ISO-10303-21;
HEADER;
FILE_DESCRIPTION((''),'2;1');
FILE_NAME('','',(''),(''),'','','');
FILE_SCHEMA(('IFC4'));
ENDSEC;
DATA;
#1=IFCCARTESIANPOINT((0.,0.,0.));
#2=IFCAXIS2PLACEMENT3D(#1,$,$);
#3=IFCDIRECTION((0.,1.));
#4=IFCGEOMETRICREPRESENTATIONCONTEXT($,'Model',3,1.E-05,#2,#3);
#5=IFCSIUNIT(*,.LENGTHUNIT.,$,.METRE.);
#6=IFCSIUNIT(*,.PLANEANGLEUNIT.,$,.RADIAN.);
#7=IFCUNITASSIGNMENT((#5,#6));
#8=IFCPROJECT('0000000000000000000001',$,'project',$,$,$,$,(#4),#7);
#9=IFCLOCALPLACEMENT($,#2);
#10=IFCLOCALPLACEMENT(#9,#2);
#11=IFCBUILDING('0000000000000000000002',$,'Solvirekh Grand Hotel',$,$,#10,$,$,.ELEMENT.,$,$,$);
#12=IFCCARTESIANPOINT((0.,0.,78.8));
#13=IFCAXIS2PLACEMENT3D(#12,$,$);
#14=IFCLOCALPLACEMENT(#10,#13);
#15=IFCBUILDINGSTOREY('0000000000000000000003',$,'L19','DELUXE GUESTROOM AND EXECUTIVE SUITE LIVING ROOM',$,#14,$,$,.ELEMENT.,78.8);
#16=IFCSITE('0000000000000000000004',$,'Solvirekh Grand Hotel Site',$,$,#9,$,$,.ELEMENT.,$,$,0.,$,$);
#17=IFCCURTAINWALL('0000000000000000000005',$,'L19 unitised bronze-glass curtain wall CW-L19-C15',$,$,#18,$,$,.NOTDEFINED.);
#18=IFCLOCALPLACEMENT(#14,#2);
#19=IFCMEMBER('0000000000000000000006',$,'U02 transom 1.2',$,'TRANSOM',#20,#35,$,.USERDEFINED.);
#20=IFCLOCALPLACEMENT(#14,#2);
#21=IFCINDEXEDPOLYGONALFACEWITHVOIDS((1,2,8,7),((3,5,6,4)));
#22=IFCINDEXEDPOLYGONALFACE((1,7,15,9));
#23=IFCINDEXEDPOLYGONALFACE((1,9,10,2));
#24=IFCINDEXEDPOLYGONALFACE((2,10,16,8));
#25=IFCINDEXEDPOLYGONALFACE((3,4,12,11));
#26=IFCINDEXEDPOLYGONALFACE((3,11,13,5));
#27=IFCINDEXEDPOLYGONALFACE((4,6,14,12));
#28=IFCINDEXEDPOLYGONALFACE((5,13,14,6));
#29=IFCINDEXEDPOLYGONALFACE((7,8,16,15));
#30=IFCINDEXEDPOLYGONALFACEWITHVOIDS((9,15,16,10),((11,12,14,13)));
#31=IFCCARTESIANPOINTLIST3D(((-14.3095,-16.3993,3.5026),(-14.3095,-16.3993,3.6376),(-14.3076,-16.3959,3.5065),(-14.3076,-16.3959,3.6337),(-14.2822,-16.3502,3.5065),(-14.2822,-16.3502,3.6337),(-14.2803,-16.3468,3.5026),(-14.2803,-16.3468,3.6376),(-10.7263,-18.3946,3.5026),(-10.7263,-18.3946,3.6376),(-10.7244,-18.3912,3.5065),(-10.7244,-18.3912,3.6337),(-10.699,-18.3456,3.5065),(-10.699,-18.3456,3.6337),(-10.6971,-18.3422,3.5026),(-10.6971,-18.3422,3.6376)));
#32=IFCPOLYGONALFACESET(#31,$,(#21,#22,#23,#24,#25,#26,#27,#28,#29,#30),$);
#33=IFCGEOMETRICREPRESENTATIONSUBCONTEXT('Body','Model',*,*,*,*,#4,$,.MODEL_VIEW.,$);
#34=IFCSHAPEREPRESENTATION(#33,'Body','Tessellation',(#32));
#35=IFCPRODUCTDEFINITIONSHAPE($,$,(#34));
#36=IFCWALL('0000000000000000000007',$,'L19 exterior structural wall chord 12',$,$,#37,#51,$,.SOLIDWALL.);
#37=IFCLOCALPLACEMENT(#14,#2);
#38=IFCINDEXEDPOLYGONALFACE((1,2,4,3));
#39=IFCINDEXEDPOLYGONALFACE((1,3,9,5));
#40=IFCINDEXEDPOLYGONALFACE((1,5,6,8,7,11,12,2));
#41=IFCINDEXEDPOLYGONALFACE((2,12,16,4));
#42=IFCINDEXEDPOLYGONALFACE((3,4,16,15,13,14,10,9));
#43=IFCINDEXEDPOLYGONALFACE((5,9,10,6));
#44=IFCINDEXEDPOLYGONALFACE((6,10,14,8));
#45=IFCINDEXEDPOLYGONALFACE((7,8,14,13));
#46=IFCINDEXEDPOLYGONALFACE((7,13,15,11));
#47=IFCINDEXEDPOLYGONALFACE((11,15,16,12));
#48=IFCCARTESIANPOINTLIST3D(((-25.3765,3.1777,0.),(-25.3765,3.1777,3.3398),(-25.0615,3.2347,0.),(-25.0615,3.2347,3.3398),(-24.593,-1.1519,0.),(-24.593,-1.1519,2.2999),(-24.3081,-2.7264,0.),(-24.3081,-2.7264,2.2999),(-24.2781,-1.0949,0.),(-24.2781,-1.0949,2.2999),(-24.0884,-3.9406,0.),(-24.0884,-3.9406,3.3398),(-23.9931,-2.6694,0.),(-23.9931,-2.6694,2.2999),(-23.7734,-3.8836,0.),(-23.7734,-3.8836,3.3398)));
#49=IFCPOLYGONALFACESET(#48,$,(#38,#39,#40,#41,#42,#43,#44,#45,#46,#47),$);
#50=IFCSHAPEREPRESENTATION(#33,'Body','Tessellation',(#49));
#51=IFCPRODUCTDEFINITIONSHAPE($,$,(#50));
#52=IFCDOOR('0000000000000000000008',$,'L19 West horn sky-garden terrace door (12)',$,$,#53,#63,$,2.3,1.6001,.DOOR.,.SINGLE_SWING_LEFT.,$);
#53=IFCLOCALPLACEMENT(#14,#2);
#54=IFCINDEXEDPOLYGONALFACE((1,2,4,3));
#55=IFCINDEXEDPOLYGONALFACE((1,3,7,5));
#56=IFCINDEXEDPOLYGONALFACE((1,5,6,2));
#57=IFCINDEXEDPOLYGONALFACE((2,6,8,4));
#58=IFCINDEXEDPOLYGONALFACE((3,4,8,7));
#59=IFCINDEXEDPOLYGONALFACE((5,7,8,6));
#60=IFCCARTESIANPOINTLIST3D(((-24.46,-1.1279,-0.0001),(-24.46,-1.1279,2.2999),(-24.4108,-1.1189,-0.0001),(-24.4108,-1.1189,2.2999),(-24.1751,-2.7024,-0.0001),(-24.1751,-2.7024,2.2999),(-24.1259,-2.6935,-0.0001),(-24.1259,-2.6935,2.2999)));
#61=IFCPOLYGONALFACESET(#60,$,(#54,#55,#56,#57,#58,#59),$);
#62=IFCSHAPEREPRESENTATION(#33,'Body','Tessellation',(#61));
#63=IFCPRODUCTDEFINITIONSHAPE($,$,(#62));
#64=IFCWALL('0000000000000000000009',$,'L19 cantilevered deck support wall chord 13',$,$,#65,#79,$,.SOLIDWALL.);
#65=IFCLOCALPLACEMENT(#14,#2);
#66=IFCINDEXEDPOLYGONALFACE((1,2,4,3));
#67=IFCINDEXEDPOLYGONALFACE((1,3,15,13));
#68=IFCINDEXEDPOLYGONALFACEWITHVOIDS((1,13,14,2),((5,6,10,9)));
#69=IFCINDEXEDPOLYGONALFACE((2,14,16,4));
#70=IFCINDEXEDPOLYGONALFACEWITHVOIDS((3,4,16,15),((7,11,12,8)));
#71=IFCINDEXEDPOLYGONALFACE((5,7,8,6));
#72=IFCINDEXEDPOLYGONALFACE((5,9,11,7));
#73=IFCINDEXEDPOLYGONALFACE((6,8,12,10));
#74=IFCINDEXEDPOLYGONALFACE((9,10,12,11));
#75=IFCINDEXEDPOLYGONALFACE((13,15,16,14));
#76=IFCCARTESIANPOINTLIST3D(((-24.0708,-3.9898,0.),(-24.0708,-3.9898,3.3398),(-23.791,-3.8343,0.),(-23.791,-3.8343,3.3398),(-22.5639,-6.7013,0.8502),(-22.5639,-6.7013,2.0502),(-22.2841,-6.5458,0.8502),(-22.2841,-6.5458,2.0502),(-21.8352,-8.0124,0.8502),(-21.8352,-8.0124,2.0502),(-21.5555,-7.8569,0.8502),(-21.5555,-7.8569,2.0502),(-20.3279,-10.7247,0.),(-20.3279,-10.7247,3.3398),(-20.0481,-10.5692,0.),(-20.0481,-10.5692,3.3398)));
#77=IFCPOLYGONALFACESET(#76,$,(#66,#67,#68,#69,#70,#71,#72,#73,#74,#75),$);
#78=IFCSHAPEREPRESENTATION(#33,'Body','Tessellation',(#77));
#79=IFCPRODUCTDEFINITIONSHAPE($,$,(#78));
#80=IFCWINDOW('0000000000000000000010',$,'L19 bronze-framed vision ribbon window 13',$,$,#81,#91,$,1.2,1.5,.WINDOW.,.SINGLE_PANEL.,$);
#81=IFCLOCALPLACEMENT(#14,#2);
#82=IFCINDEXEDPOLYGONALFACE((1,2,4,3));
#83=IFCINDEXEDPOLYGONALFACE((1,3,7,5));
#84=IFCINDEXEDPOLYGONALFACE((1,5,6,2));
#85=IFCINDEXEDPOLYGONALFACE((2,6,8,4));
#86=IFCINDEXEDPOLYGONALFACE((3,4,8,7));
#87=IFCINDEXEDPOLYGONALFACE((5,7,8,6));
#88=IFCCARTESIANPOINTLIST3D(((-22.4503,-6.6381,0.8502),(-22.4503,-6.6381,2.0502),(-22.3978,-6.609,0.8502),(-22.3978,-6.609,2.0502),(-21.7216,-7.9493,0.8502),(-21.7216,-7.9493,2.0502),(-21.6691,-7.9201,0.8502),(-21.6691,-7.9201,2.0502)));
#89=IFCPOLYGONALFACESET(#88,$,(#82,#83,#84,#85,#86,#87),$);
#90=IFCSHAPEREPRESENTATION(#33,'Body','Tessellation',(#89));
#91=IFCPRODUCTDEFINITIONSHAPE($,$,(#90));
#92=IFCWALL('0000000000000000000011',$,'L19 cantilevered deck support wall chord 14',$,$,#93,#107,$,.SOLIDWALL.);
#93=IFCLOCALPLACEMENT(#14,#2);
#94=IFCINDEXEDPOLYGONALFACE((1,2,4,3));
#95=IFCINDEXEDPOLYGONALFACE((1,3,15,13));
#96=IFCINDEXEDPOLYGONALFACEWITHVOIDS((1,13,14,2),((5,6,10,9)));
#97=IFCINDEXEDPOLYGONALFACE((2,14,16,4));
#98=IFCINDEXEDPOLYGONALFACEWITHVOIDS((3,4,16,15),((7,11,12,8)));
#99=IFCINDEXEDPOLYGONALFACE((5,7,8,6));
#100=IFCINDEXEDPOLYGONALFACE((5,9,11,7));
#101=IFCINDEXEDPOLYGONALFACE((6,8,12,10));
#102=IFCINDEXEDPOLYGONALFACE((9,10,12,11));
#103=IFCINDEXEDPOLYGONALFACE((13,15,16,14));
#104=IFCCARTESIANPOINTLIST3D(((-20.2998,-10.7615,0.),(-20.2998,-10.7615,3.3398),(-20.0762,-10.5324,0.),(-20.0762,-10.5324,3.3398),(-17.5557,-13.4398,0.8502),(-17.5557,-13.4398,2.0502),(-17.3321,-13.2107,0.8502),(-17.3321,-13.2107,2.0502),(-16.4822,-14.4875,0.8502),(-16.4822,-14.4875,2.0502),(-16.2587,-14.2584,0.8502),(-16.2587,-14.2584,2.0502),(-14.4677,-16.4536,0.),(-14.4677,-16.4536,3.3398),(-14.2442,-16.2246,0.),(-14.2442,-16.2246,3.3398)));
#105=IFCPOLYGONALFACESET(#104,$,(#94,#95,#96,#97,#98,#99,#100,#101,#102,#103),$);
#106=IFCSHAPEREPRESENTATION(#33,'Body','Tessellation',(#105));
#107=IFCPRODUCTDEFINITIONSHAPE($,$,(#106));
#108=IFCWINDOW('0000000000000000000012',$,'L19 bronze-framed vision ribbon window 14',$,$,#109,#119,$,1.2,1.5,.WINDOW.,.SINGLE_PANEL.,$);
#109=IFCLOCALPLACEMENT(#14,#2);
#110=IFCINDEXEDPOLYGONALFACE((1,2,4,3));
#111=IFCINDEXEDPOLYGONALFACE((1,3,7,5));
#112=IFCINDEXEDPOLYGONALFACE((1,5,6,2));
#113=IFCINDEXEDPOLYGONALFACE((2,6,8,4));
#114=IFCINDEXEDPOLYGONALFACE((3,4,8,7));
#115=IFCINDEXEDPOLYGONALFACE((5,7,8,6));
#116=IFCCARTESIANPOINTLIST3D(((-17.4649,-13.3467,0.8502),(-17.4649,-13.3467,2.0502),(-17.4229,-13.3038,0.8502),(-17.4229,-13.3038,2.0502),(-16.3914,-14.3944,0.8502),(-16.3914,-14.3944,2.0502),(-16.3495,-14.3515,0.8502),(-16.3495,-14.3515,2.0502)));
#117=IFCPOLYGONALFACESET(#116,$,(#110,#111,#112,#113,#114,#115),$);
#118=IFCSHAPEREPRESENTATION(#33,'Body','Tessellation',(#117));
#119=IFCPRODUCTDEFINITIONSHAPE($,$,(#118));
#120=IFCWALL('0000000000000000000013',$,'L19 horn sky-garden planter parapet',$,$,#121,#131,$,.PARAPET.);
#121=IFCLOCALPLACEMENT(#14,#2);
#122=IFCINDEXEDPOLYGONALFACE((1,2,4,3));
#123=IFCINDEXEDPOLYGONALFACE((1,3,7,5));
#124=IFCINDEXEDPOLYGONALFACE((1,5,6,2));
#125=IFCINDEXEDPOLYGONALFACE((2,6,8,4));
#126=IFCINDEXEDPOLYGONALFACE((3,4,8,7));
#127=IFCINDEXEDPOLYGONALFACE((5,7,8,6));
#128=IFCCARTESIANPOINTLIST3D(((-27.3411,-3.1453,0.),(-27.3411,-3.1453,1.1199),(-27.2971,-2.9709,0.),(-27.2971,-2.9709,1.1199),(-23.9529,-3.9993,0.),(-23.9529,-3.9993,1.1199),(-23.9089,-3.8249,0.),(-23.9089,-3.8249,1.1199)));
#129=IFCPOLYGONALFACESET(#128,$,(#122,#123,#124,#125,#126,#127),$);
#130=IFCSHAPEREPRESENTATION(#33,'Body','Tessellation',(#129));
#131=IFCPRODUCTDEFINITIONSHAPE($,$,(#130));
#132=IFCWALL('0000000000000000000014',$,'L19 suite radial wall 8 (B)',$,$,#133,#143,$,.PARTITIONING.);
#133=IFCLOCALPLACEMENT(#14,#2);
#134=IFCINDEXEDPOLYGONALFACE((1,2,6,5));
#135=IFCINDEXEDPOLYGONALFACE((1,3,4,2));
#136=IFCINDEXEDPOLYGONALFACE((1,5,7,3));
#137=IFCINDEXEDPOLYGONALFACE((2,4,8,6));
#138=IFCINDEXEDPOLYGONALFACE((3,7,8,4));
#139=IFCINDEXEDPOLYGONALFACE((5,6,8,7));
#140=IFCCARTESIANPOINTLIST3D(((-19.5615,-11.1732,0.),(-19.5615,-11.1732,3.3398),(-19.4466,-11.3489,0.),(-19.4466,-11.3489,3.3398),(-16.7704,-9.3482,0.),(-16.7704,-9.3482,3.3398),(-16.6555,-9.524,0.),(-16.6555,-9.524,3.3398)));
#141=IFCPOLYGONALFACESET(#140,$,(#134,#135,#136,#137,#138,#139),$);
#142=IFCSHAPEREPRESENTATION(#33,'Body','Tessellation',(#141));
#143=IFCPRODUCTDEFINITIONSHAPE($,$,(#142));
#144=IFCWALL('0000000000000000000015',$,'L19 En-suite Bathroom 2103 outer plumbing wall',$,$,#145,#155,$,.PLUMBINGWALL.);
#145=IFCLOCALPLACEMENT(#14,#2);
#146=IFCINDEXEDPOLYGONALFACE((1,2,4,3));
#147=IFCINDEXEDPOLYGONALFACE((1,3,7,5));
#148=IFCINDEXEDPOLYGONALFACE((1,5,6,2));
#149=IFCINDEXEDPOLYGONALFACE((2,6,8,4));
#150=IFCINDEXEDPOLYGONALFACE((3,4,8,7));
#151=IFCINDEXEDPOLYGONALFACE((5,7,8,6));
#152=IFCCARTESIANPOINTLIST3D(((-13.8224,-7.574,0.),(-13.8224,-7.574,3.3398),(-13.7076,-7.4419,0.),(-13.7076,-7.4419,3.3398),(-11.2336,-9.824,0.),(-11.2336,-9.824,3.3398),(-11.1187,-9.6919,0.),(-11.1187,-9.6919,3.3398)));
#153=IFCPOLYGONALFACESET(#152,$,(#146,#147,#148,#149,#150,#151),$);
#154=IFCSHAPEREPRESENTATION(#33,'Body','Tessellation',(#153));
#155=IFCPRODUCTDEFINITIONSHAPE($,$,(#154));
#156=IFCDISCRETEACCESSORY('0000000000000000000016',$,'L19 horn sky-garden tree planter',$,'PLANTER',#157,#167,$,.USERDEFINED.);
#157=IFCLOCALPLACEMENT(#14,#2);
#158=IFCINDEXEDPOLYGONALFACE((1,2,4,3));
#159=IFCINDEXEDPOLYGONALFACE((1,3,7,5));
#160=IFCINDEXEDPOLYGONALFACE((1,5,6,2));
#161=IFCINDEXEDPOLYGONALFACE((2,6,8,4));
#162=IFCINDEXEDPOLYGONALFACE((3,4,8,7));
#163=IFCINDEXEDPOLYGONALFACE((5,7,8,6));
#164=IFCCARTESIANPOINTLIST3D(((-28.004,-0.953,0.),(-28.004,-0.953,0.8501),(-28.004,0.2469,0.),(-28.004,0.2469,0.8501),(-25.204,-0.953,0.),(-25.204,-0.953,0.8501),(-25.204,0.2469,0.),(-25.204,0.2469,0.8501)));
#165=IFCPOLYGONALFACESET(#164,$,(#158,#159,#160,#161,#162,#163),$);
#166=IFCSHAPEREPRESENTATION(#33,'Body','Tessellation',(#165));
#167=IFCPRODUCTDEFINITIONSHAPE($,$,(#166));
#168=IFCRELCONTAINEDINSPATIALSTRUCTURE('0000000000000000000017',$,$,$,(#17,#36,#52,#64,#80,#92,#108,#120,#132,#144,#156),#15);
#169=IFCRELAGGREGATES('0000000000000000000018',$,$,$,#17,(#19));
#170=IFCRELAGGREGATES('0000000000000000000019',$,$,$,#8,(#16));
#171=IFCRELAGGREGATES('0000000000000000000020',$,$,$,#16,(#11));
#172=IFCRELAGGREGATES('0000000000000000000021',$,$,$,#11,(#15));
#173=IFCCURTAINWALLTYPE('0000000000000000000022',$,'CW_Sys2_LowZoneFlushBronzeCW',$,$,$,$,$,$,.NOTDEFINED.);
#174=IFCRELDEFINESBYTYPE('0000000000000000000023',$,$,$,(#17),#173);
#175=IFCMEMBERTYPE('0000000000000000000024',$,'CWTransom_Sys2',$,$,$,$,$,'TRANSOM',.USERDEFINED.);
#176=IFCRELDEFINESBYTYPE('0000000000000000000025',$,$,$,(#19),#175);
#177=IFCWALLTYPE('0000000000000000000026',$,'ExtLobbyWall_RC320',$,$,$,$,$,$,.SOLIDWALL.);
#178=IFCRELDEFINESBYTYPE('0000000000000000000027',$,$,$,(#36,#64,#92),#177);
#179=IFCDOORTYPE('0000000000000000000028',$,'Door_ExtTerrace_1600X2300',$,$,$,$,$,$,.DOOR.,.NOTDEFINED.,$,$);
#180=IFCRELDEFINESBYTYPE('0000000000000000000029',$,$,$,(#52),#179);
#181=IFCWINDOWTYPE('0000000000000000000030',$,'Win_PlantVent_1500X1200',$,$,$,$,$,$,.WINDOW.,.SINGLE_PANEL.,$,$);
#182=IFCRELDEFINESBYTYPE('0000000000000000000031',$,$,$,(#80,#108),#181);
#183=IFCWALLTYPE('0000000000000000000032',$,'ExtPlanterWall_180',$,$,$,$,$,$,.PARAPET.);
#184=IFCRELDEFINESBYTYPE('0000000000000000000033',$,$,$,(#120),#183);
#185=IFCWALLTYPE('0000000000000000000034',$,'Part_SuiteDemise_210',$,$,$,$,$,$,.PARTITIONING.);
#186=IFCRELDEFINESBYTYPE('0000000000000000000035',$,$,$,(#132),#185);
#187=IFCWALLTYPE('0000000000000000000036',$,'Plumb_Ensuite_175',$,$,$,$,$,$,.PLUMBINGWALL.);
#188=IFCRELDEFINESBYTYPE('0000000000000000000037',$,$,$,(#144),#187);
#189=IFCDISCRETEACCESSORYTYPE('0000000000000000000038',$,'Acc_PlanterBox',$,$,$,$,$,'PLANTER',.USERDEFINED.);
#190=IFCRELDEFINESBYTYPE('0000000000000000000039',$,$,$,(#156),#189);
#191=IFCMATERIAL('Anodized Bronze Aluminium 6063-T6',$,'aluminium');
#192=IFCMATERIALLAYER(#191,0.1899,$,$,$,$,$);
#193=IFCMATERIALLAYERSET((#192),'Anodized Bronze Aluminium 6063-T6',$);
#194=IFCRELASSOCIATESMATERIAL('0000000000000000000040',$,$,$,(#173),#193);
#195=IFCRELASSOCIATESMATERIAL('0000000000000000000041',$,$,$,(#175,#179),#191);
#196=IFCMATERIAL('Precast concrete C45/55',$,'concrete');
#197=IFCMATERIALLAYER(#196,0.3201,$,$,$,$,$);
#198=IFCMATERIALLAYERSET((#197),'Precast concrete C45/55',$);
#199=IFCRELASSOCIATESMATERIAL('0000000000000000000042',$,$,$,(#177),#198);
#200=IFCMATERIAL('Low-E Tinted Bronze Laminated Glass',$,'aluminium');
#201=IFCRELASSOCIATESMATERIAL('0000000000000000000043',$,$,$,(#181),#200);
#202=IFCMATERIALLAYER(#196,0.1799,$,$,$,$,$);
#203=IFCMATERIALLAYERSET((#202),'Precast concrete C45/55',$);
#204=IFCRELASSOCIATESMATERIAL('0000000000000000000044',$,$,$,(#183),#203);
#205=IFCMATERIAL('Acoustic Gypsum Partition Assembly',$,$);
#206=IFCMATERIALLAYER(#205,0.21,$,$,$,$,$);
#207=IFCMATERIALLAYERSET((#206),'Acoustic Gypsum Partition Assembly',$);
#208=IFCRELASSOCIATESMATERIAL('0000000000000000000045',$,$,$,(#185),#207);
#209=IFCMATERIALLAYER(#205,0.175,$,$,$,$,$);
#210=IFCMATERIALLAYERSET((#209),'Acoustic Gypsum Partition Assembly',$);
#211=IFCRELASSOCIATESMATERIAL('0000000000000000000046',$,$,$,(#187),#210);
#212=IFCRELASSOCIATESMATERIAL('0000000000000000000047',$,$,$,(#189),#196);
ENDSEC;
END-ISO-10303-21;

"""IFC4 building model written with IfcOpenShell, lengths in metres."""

from ifc_helpers import new_model, si_unit, direction, frame, frame_2d, origin, origin_2d, place, context, subcontext, project, spatial, rectangle, hollow_rectangle, extrude, source, transform, mapped, material, layer, layer_set, material_profile, profile_set, type_object, element, fill, aggregate, save


model = new_model("IFC4")

# Units and contexts
model_context = context("Model", 3, precision=1e-05, world=origin(), true_north=direction((0.0, 1.0)))
body_context = subcontext(model_context, "Body", "Model", "MODEL_VIEW")
ifc_project = project(units=[si_unit("LENGTHUNIT", "METRE"), si_unit("PLANEANGLEUNIT", "RADIAN")], contexts=[model_context])

# Site, building, storey
site_placement = place(None, origin())
site = spatial("IfcSite", under=ifc_project, at=site_placement, Name="Solvirekh Grand Hotel Site", CompositionType="ELEMENT", RefElevation=0.0)
building_placement = place(site_placement, origin())
building = spatial("IfcBuilding", under=site, at=building_placement, Name="Solvirekh Grand Hotel", CompositionType="ELEMENT")
storey_placement = place(building_placement, frame((0.0, 0.0, 78.8)))
storey = spatial("IfcBuildingStorey", under=building, at=storey_placement, Name="L19", Description="DELUXE GUESTROOM AND EXECUTIVE SUITE LIVING ROOM", CompositionType="ELEMENT", Elevation=78.8)

# Curtain wall, member
ifc_material_1 = material(Name="Anodized Bronze Aluminium 6063-T6", Category="aluminium")
ifc_layer_1 = layer(ifc_material_1, 0.1899)
ifc_layer_set_1 = layer_set([ifc_layer_1], Name="Anodized Bronze Aluminium 6063-T6")
curtain_wall_type = type_object("IfcCurtainWallType", Name="CW_Sys2_LowZoneFlushBronzeCW", PredefinedType="NOTDEFINED", material=ifc_layer_set_1)
curtain_wall_placement = place(storey_placement, origin())
curtain_wall = element("IfcCurtainWall", 1, at=curtain_wall_placement, inside=storey, type_object=curtain_wall_type, Name="L19 unitised bronze-glass curtain wall CW-L19-C15", PredefinedType="NOTDEFINED")
ifc_material_profile_1 = material_profile(ifc_material_1, hollow_rectangle(XDim=0.0601, YDim=0.135, WallThickness=0.0039, at=origin_2d()), Name="ALU RHS 135X60X4")
ifc_profile_set_1 = profile_set([ifc_material_profile_1], Name="Anodized Bronze Aluminium 6063-T6")
member_type_1 = type_object("IfcMemberType", Name="CWTransom_Sys2", ElementType="TRANSOM", PredefinedType="USERDEFINED", material=ifc_profile_set_1)
shared_shape_1 = source(origin(), body_context, "Body", "SweptSolid", [
    extrude(hollow_rectangle(XDim=0.0601, YDim=0.135, WallThickness=0.0039, at=origin_2d()), origin(), (0.0, 0.0, 1.0), 4.1013),
])
member_1_placement = place(storey_placement, frame((-14.2949, -16.373, 3.5701), z_axis=(0.873674, -0.486512, 0.0), x_axis=(0.486512, 0.873674, 0.0)))
member_1 = element("IfcMember", 2, at=member_1_placement, type_object=member_type_1, Name="U02 transom 1.2", ObjectType="TRANSOM", PredefinedType="USERDEFINED", context=body_context, shape_type="MappedRepresentation", body=[
    mapped(shared_shape_1, transform((0.0, 0.0, 0.0), x_axis=(1.0, 0.0, 0.0), y_axis=(0.0, 1.0, 0.0), z_axis=(0.0, 0.0, 1.0), scale=1.0)),
])
aggregate(curtain_wall, [member_1])

# Wall, opening, door
ifc_material_2 = material(Name="Precast concrete C45/55", Category="concrete")
ifc_layer_2 = layer(ifc_material_2, 0.3201)
ifc_layer_set_2 = layer_set([ifc_layer_2], Name="Precast concrete C45/55")
wall_type_1 = type_object("IfcWallType", Name="ExtLobbyWall_RC320", PredefinedType="SOLIDWALL", material=ifc_layer_set_2)
wall_1_placement = place(storey_placement, frame((-23.9309, -3.9121, 0.0), z_axis=(0.0, 0.0, 1.0), x_axis=(-0.178066, 0.984019, 0.0)))
wall_1 = element("IfcWall", 3, at=wall_1_placement, inside=storey, type_object=wall_type_1, Name="L19 exterior structural wall chord 12", PredefinedType="SOLIDWALL", context=body_context, shape_type="SweptSolid", body=[
    extrude(rectangle(XDim=7.2339, YDim=0.3201, at=frame_2d((3.6169, 0.0))), origin(), (0.0, 0.0, 1.0), 3.3398),
])
opening_1_placement = place(wall_1_placement, frame((1.2339, 0.0, 0.0)))
opening_1 = element("IfcOpeningElement", 4, at=opening_1_placement, cuts=wall_1, PredefinedType="OPENING", context=body_context, shape_type="SweptSolid", body=[
    extrude(rectangle(XDim=1.6001, YDim=2.3, at=frame_2d((0.8, 1.1499))), frame((0.0, 0.1699, 0.0), z_axis=(0.0, -1.0, 0.0), x_axis=(1.0, 0.0, 0.0)), (0.0, 0.0, 1.0), 0.3401),
])
door_type = type_object("IfcDoorType", Name="Door_ExtTerrace_1600X2300", OperationType="NOTDEFINED", PredefinedType="DOOR", material=ifc_material_1)
door_placement = place(opening_1_placement, origin())
door = element("IfcDoor", 5, at=door_placement, inside=storey, type_object=door_type, Name="L19 West horn sky-garden terrace door (12)", OperationType="SINGLE_SWING_LEFT", OverallHeight=2.3, OverallWidth=1.6001, PredefinedType="DOOR", context=body_context, shape_type="SweptSolid", body=[
    extrude(rectangle(XDim=1.6001, YDim=2.3, at=frame_2d((0.8, 1.1499))), frame((0.0, 0.0249, 0.0), z_axis=(0.0, -1.0, 0.0), x_axis=(1.0, 0.0, 0.0)), (0.0, 0.0, 1.0), 0.05),
])
fill(opening_1, door)

# Walls, openings, windows
wall_2_placement = place(storey_placement, frame((-20.188, -10.647, 0.0), z_axis=(0.0, 0.0, 1.0), x_axis=(-0.485775, 0.874084, 0.0)))
wall_2 = element("IfcWall", 6, at=wall_2_placement, inside=storey, type_object=wall_type_1, Name="L19 cantilevered deck support wall chord 13", PredefinedType="SOLIDWALL", context=body_context, shape_type="SweptSolid", body=[
    extrude(rectangle(XDim=7.7051, YDim=0.3201, at=frame_2d((3.8525, 0.0))), origin(), (0.0, 0.0, 1.0), 3.3398),
])
opening_2_placement = place(wall_2_placement, frame((3.103, 0.0, 0.8501)))
opening_2 = element("IfcOpeningElement", 7, at=opening_2_placement, cuts=wall_2, PredefinedType="OPENING", context=body_context, shape_type="SweptSolid", body=[
    extrude(rectangle(XDim=1.5, YDim=1.2, at=frame_2d((0.75, 0.6001))), frame((0.0, 0.1699, 0.0), z_axis=(0.0, -1.0, 0.0), x_axis=(1.0, 0.0, 0.0)), (0.0, 0.0, 1.0), 0.3401),
])
ifc_material_3 = material(Name="Low-E Tinted Bronze Laminated Glass", Category="aluminium")
window_type = type_object("IfcWindowType", Name="Win_PlantVent_1500X1200", PartitioningType="SINGLE_PANEL", PredefinedType="WINDOW", material=ifc_material_3)
window_1_placement = place(opening_2_placement, origin())
window_1 = element("IfcWindow", 8, at=window_1_placement, inside=storey, type_object=window_type, Name="L19 bronze-framed vision ribbon window 13", OverallHeight=1.2, OverallWidth=1.5, PartitioningType="SINGLE_PANEL", PredefinedType="WINDOW", context=body_context, shape_type="SweptSolid", body=[
    extrude(rectangle(XDim=1.5, YDim=1.2, at=frame_2d((0.75, 0.6001))), frame((0.0, 0.03, 0.0), z_axis=(0.0, -1.0, 0.0), x_axis=(1.0, 0.0, 0.0)), (0.0, 0.0, 1.0), 0.0601),
])
fill(opening_2, window_1)
wall_3_placement = place(storey_placement, frame((-14.356, -16.3391, 0.0), z_axis=(0.0, 0.0, 1.0), x_axis=(-0.715638, 0.698472, 0.0)))
wall_3 = element("IfcWall", 9, at=wall_3_placement, inside=storey, type_object=wall_type_1, Name="L19 cantilevered deck support wall chord 14", PredefinedType="SOLIDWALL", context=body_context, shape_type="SweptSolid", body=[
    extrude(rectangle(XDim=8.1494, YDim=0.3201, at=frame_2d((4.0747, 0.0))), origin(), (0.0, 0.0, 1.0), 3.3398),
])
opening_3_placement = place(wall_3_placement, frame((2.8149, 0.0, 0.8501)))
opening_3 = element("IfcOpeningElement", 10, at=opening_3_placement, cuts=wall_3, PredefinedType="OPENING", context=body_context, shape_type="SweptSolid", body=[
    extrude(rectangle(XDim=1.5, YDim=1.2, at=frame_2d((0.75, 0.6001))), frame((0.0, 0.1699, 0.0), z_axis=(0.0, -1.0, 0.0), x_axis=(1.0, 0.0, 0.0)), (0.0, 0.0, 1.0), 0.3401),
])
window_2_placement = place(opening_3_placement, origin())
window_2 = element("IfcWindow", 11, at=window_2_placement, inside=storey, type_object=window_type, Name="L19 bronze-framed vision ribbon window 14", OverallHeight=1.2, OverallWidth=1.5, PartitioningType="SINGLE_PANEL", PredefinedType="WINDOW", context=body_context, shape_type="SweptSolid", body=[
    extrude(rectangle(XDim=1.5, YDim=1.2, at=frame_2d((0.75, 0.6001))), frame((0.0, 0.03, 0.0), z_axis=(0.0, -1.0, 0.0), x_axis=(1.0, 0.0, 0.0)), (0.0, 0.0, 1.0), 0.0601),
])
fill(opening_3, window_2)

# Walls
ifc_layer_3 = layer(ifc_material_2, 0.1799)
ifc_layer_set_3 = layer_set([ifc_layer_3], Name="Precast concrete C45/55")
wall_type_2 = type_object("IfcWallType", Name="ExtPlanterWall_180", PredefinedType="PARAPET", material=ifc_layer_set_3)
wall_4_placement = place(storey_placement, frame((-27.3191, -3.0581, 0.0), z_axis=(0.0, 0.0, 1.0), x_axis=(0.969672, -0.244409, 0.0)))
element("IfcWall", 12, at=wall_4_placement, inside=storey, type_object=wall_type_2, Name="L19 horn sky-garden planter parapet", PredefinedType="PARAPET", context=body_context, shape_type="SweptSolid", body=[
    extrude(rectangle(XDim=3.4941, YDim=0.1799, at=frame_2d((1.7471, 0.0))), origin(), (0.0, 0.0, 1.0), 1.1199),
])
ifc_material_4 = material(Name="Acoustic Gypsum Partition Assembly")
ifc_layer_4 = layer(ifc_material_4, 0.21)
ifc_layer_set_4 = layer_set([ifc_layer_4], Name="Acoustic Gypsum Partition Assembly")
wall_type_3 = type_object("IfcWallType", Name="Part_SuiteDemise_210", PredefinedType="PARTITIONING", material=ifc_layer_set_4)
wall_5_placement = place(storey_placement, frame((-16.7129, -9.436, 0.0), z_axis=(0.0, 0.0, 1.0), x_axis=(-0.836962, -0.547261, 0.0)))
element("IfcWall", 13, at=wall_5_placement, inside=storey, type_object=wall_type_3, Name="L19 suite radial wall 8 (B)", PredefinedType="PARTITIONING", context=body_context, shape_type="SweptSolid", body=[
    extrude(rectangle(XDim=3.3347, YDim=0.21, at=frame_2d((1.6675, 0.0))), origin(), (0.0, 0.0, 1.0), 3.3398),
])
ifc_layer_5 = layer(ifc_material_4, 0.175)
ifc_layer_set_5 = layer_set([ifc_layer_5], Name="Acoustic Gypsum Partition Assembly")
wall_type_4 = type_object("IfcWallType", Name="Plumb_Ensuite_175", PredefinedType="PLUMBINGWALL", material=ifc_layer_set_5)
wall_6_placement = place(storey_placement, frame((-13.7649, -7.5081, 0.0), z_axis=(0.0, 0.0, 1.0), x_axis=(0.754777, -0.655981, 0.0)))
element("IfcWall", 14, at=wall_6_placement, inside=storey, type_object=wall_type_4, Name="L19 En-suite Bathroom 2103 outer plumbing wall", PredefinedType="PLUMBINGWALL", context=body_context, shape_type="SweptSolid", body=[
    extrude(rectangle(XDim=3.4299, YDim=0.175, at=frame_2d((1.7148, 0.0))), origin(), (0.0, 0.0, 1.0), 3.3398),
])

# Discrete accessory
discrete_accessory_type = type_object("IfcDiscreteAccessoryType", Name="Acc_PlanterBox", ElementType="PLANTER", PredefinedType="USERDEFINED", material=ifc_material_2)
discrete_accessory_placement = place(storey_placement, frame((-26.604, -0.353, 0.0), z_axis=(0.0, 0.0, 1.0), x_axis=(0.0, 1.0, 0.0)))
element("IfcDiscreteAccessory", 15, at=discrete_accessory_placement, inside=storey, type_object=discrete_accessory_type, Name="L19 horn sky-garden tree planter", ObjectType="PLANTER", PredefinedType="USERDEFINED", context=body_context, shape_type="SweptSolid", body=[
    extrude(rectangle(XDim=1.2, YDim=2.8, at=origin_2d()), origin(), (0.0, 0.0, 1.0), 0.8501),
])

save(model, "model.ifc")
